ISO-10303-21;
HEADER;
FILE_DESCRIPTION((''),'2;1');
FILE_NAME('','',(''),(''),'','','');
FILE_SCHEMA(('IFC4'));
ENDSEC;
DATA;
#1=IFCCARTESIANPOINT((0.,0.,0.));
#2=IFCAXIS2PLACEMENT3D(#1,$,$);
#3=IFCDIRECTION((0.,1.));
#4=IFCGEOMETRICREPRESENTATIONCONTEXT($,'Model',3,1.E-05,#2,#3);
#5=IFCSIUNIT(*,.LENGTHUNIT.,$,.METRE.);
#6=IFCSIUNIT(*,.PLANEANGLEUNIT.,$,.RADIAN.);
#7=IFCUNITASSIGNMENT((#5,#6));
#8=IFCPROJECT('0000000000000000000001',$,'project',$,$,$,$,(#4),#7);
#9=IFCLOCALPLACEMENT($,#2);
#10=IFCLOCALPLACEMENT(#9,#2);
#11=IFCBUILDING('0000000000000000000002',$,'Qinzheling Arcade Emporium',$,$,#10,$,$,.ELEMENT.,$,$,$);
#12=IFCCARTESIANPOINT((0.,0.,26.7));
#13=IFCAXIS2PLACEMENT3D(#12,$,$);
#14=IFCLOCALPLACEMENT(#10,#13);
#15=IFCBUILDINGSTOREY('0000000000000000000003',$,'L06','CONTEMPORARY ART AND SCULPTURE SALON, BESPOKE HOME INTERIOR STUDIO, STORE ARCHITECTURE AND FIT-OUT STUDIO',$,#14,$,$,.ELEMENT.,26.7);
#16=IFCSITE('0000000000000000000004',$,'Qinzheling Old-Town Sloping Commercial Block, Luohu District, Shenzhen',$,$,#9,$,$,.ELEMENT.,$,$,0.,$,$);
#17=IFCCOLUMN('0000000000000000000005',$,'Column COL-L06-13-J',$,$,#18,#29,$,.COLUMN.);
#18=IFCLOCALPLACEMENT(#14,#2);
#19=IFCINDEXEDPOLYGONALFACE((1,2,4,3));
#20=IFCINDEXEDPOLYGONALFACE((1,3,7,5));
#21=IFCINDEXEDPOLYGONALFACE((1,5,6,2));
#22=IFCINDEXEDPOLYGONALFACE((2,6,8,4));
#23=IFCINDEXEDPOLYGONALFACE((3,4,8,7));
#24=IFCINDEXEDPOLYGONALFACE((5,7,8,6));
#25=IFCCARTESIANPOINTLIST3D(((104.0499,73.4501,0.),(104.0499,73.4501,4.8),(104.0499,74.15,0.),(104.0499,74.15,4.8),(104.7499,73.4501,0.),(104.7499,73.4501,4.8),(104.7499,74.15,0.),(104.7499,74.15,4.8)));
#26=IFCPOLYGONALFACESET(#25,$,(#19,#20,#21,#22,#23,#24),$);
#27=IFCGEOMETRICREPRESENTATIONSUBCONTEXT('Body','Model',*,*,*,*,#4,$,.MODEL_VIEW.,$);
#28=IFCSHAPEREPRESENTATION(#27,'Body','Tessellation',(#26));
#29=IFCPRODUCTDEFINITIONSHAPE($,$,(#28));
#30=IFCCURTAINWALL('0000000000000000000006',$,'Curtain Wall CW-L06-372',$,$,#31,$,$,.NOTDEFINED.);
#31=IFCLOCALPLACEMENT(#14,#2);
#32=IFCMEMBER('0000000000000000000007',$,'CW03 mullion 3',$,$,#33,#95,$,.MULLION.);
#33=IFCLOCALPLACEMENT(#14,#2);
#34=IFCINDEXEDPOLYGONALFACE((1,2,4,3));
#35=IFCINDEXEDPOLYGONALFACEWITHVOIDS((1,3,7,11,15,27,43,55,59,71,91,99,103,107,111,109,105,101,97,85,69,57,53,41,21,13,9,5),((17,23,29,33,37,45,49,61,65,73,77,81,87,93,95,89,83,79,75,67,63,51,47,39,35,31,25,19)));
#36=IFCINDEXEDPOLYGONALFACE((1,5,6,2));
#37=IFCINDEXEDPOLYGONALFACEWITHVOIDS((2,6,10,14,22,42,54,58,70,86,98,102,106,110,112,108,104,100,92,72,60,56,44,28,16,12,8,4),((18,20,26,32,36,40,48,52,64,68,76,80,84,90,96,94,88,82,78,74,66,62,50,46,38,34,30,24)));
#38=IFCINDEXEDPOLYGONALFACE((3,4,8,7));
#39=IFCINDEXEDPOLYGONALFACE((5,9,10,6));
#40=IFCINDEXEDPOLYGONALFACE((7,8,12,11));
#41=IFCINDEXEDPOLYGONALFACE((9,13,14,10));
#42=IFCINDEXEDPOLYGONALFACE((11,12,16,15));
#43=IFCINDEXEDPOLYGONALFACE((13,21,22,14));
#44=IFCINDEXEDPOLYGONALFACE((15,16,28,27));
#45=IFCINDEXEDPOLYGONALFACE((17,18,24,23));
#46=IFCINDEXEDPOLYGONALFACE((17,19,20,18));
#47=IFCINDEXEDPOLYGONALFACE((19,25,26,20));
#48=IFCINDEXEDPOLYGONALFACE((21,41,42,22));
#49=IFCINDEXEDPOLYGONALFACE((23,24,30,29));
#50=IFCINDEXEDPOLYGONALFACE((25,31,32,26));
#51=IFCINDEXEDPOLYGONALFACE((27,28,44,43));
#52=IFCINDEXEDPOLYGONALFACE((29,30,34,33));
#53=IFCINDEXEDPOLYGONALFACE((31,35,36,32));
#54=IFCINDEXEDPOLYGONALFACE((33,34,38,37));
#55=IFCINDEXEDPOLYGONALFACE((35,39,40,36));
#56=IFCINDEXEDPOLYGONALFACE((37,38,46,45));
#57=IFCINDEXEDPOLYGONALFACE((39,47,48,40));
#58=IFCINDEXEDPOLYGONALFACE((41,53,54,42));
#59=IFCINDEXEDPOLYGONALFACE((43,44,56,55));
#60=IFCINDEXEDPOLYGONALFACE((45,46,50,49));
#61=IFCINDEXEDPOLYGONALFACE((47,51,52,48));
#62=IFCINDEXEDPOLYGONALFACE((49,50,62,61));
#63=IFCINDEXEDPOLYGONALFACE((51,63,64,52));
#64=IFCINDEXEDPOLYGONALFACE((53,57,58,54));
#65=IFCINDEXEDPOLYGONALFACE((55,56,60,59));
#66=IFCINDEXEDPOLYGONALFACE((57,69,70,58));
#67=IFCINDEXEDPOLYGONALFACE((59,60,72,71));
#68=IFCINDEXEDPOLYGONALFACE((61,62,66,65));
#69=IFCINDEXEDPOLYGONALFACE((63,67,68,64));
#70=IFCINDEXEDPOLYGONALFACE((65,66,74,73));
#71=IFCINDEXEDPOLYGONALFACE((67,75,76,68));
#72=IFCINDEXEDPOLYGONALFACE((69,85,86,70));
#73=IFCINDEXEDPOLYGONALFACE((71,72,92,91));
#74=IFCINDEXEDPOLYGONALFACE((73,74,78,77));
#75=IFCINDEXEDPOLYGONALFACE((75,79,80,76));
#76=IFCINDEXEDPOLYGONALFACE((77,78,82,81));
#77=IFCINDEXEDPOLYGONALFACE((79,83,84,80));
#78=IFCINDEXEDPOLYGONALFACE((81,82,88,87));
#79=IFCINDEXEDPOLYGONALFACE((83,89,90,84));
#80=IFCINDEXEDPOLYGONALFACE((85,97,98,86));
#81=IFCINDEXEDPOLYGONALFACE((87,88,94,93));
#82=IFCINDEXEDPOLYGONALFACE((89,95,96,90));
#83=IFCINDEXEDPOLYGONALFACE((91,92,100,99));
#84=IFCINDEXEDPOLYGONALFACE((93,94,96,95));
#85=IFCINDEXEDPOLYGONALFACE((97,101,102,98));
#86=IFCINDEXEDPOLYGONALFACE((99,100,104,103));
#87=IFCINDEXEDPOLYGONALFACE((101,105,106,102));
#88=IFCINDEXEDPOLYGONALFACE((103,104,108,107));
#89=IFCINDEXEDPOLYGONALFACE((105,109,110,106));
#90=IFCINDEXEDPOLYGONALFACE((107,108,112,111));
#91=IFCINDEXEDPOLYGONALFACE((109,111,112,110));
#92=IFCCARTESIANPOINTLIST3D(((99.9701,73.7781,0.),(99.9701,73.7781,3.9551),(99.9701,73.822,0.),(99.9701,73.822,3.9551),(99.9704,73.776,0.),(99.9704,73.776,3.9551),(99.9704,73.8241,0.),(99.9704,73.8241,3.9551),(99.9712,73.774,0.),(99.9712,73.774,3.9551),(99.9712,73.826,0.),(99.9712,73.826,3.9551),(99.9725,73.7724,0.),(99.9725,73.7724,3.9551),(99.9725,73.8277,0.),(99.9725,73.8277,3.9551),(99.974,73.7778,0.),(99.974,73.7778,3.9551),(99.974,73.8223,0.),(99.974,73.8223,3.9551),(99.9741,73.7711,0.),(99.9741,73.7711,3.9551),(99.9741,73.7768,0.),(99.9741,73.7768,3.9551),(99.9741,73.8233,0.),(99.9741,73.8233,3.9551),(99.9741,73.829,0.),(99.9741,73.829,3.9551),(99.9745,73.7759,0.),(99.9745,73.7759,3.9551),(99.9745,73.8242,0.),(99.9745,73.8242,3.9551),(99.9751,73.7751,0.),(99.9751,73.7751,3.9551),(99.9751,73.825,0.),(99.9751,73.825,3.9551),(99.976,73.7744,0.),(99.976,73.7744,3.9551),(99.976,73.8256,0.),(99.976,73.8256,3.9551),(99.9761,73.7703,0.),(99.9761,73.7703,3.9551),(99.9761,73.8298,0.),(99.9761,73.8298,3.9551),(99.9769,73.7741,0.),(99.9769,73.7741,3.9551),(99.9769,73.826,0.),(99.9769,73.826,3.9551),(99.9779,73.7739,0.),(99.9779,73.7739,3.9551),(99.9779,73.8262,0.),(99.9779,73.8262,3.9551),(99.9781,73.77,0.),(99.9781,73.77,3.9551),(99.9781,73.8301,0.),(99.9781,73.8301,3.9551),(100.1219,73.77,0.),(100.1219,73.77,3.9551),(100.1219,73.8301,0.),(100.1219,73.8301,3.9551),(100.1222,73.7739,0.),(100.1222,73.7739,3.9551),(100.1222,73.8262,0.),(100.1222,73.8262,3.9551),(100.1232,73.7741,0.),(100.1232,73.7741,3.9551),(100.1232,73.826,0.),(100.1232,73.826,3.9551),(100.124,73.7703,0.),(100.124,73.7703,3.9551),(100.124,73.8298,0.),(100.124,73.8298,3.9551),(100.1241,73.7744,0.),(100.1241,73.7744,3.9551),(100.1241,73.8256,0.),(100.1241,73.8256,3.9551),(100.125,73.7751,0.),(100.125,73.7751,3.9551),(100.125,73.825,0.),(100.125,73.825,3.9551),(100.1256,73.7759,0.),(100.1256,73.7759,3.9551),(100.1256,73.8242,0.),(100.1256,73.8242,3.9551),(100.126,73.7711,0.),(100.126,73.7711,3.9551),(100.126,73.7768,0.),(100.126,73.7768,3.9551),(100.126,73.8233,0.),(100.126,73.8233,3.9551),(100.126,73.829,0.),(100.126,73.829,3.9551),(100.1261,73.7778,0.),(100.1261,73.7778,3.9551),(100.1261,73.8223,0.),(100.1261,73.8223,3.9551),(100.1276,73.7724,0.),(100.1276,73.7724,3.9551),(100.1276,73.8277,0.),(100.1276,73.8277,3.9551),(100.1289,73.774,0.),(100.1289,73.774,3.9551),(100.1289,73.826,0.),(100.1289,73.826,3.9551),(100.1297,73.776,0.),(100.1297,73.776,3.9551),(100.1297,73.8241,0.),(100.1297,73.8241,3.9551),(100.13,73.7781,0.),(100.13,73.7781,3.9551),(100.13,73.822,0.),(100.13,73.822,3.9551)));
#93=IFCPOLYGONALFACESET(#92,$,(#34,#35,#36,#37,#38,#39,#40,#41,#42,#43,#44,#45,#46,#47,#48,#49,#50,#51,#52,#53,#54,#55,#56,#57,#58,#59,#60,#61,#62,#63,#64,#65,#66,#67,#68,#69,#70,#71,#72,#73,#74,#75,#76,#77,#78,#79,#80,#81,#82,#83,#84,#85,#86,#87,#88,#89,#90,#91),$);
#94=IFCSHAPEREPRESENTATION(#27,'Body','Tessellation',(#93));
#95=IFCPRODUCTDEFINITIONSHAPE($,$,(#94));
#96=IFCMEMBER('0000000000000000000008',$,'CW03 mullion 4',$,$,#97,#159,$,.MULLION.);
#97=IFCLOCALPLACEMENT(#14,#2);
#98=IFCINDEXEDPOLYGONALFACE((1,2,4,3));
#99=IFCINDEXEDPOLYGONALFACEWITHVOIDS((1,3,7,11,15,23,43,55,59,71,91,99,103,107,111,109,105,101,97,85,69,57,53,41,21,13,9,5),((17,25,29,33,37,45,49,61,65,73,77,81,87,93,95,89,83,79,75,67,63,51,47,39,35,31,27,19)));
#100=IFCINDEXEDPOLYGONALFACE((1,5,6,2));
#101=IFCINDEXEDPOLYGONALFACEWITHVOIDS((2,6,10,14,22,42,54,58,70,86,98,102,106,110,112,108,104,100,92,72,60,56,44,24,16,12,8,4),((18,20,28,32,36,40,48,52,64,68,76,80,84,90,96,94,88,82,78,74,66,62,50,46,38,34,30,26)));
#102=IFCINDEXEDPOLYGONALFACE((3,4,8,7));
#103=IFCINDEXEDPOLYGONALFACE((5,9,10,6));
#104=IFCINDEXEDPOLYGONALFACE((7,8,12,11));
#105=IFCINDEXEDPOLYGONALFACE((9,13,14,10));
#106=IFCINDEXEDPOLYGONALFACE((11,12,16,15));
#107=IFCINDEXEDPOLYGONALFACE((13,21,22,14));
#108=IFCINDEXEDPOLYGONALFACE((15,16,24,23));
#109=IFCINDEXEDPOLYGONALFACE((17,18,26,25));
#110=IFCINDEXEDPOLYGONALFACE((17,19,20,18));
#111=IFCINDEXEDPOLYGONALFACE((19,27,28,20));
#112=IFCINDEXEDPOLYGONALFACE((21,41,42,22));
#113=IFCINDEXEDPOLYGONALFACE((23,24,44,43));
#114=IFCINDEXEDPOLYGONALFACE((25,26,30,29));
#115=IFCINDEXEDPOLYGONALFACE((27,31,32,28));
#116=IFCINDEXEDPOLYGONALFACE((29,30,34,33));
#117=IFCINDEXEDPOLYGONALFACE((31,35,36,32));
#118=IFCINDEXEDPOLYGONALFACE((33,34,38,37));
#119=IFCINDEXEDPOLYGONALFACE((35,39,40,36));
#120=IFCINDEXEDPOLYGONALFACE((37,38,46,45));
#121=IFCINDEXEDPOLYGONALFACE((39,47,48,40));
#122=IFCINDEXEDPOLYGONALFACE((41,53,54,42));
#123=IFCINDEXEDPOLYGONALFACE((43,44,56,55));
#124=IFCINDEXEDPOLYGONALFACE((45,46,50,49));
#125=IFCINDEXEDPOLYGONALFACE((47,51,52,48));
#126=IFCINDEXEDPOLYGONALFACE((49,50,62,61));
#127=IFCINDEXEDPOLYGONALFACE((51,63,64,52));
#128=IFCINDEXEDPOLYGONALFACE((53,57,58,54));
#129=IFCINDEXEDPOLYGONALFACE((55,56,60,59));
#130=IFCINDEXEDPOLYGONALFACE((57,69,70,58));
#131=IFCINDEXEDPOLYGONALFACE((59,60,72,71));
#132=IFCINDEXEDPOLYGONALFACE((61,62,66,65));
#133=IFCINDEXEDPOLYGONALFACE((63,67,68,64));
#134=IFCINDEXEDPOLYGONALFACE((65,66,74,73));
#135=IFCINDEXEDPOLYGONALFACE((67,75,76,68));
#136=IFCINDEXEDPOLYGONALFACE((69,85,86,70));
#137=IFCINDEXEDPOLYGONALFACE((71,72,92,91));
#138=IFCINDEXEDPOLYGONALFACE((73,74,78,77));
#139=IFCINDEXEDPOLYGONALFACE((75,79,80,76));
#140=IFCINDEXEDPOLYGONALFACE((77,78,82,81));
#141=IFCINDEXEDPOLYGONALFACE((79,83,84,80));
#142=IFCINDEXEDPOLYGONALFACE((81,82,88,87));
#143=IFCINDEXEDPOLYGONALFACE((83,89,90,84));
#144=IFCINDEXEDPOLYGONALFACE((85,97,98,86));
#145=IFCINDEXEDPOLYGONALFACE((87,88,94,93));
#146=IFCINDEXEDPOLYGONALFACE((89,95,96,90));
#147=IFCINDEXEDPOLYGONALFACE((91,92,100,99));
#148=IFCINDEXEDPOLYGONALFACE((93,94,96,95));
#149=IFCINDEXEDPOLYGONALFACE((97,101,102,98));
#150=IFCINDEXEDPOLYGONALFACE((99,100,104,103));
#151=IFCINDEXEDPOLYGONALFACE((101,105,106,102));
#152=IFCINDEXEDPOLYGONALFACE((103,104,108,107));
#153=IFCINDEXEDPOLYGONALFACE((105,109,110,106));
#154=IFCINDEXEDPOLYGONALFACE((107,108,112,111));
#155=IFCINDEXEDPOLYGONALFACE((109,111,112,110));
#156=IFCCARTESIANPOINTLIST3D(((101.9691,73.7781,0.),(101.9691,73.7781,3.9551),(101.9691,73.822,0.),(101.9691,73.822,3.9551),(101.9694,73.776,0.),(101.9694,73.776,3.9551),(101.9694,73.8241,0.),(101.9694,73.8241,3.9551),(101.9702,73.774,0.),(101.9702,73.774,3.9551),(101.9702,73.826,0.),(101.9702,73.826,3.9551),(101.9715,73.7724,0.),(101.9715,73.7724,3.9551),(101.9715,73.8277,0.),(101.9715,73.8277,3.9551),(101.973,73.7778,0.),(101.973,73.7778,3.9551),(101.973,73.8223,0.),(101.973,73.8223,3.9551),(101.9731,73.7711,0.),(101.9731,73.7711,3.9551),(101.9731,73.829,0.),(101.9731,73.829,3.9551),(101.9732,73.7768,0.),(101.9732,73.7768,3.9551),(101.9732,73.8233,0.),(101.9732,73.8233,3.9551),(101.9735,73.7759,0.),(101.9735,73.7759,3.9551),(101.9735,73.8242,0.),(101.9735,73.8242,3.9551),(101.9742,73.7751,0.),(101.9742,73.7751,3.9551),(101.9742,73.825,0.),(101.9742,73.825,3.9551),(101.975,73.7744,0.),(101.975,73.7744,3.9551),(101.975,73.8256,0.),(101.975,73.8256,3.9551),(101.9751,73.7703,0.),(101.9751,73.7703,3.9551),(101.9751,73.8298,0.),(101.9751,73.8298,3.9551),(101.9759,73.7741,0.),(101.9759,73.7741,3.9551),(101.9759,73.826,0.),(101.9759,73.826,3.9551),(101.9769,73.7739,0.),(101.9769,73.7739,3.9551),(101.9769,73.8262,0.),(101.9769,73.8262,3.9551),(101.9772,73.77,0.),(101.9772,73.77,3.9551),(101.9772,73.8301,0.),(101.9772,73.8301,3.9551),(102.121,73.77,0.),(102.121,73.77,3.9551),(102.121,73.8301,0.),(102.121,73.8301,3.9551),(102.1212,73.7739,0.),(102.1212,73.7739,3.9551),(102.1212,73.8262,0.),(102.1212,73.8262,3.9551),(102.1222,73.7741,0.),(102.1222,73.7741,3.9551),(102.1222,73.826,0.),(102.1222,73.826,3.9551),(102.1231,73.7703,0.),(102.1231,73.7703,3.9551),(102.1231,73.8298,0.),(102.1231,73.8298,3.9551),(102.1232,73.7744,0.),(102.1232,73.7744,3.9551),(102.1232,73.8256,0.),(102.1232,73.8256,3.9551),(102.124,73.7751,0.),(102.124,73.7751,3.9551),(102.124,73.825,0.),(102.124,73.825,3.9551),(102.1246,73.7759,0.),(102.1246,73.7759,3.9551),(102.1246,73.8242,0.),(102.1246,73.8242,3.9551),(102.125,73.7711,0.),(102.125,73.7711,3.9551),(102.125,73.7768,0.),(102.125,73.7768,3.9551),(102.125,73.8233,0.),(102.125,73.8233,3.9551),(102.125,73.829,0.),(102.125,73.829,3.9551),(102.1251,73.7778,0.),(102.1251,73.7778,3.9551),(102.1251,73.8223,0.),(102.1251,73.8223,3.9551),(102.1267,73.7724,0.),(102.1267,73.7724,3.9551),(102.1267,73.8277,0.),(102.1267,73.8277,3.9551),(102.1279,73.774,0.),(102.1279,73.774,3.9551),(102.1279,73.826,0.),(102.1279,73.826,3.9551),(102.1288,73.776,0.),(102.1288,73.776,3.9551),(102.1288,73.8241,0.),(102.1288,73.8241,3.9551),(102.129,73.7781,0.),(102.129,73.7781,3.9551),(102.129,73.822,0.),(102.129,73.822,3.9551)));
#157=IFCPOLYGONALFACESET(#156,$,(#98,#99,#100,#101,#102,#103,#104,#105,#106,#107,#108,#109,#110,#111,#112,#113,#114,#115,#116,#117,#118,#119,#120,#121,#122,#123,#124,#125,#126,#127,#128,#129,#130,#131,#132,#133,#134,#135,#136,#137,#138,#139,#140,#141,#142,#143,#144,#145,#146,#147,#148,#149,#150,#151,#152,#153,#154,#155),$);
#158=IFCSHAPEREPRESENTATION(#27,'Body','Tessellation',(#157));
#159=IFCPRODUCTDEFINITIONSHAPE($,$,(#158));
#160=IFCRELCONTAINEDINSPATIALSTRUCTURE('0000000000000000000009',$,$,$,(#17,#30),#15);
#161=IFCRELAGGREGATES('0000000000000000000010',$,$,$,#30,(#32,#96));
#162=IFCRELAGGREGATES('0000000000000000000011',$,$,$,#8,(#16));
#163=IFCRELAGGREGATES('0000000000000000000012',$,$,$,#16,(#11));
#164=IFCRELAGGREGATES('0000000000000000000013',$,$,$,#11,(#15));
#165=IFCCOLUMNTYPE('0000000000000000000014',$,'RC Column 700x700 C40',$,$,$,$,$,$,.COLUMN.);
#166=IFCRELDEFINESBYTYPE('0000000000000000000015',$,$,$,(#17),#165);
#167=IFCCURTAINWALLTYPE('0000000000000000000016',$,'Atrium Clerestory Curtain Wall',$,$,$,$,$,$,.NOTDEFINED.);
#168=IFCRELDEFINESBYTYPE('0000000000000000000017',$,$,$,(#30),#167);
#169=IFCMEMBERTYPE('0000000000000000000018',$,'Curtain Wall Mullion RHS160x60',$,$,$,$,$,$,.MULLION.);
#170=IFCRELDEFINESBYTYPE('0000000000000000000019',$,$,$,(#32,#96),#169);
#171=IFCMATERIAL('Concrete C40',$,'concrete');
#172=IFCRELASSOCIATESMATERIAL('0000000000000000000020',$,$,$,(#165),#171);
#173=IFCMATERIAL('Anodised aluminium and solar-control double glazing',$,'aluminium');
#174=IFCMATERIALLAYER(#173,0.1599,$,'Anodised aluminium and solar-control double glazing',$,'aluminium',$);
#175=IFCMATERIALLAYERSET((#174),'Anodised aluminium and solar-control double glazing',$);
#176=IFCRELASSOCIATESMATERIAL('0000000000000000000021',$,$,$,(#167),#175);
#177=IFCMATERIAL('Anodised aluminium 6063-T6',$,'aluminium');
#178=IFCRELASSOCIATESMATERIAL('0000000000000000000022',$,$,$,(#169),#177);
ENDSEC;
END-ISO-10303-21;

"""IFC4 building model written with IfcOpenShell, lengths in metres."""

from ifc_helpers import new_model, si_unit, direction, frame, origin, origin_2d, place, context, subcontext, project, spatial, rectangle, hollow_rectangle, extrude, material, layer, layer_set, material_profile, profile_set, type_object, element, aggregate, save


model = new_model("IFC4")

# Units and contexts
model_context = context("Model", 3, precision=1e-05, world=origin(), true_north=direction((0.0, 1.0)))
body_context = subcontext(model_context, "Body", "Model", "MODEL_VIEW")
ifc_project = project(units=[si_unit("LENGTHUNIT", "METRE"), si_unit("PLANEANGLEUNIT", "RADIAN")], contexts=[model_context])

# Site, building, storey
site_placement = place(None, origin())
site = spatial("IfcSite", under=ifc_project, at=site_placement, Name="Qinzheling Old-Town Sloping Commercial Block, Luohu District, Shenzhen", CompositionType="ELEMENT", RefElevation=0.0)
building_placement = place(site_placement, origin())
building = spatial("IfcBuilding", under=site, at=building_placement, Name="Qinzheling Arcade Emporium", CompositionType="ELEMENT")
storey_placement = place(building_placement, frame((0.0, 0.0, 26.7)))
storey = spatial("IfcBuildingStorey", under=building, at=storey_placement, Name="L06", Description="CONTEMPORARY ART AND SCULPTURE SALON, BESPOKE HOME INTERIOR STUDIO, STORE ARCHITECTURE AND FIT-OUT STUDIO", CompositionType="ELEMENT", Elevation=26.7)

# Column
ifc_material_1 = material(Name="Concrete C40", Category="concrete")
ifc_material_profile_1 = material_profile(ifc_material_1, rectangle(XDim=0.7, YDim=0.7, at=origin_2d()), Name="RC 700x700", Category="concrete")
ifc_profile_set_1 = profile_set([ifc_material_profile_1], Name="Concrete C40")
column_type = type_object("IfcColumnType", Name="RC Column 700x700 C40", PredefinedType="COLUMN", material=ifc_profile_set_1)
column_placement = place(storey_placement, frame((104.3999, 73.8, 0.0), z_axis=(0.0, 0.0, 1.0), x_axis=(1.0, 0.0, 0.0)))
element("IfcColumn", 1, at=column_placement, inside=storey, type_object=column_type, Name="Column COL-L06-13-J", PredefinedType="COLUMN", context=body_context, shape_type="SweptSolid", body=[
    extrude(rectangle(XDim=0.7, YDim=0.7, at=origin_2d()), origin(), (0.0, 0.0, 1.0), 4.8),
])

# Curtain wall, members
ifc_material_2 = material(Name="Anodised aluminium and solar-control double glazing", Category="aluminium")
ifc_layer_1 = layer(ifc_material_2, 0.1599, Name="Anodised aluminium and solar-control double glazing", Category="aluminium")
ifc_layer_set_1 = layer_set([ifc_layer_1], Name="Anodised aluminium and solar-control double glazing")
curtain_wall_type = type_object("IfcCurtainWallType", Name="Atrium Clerestory Curtain Wall", PredefinedType="NOTDEFINED", material=ifc_layer_set_1)
curtain_wall_placement = place(storey_placement, origin())
curtain_wall = element("IfcCurtainWall", 2, at=curtain_wall_placement, inside=storey, type_object=curtain_wall_type, Name="Curtain Wall CW-L06-372", PredefinedType="NOTDEFINED")
ifc_material_3 = material(Name="Anodised aluminium 6063-T6", Category="aluminium")
ifc_material_profile_2 = material_profile(ifc_material_3, hollow_rectangle(XDim=0.0601, YDim=0.1599, WallThickness=0.0039, InnerFilletRadius=0.0039, OuterFilletRadius=0.0081, at=origin_2d()), Name="RHS 160x60x4", Category="aluminium")
ifc_profile_set_2 = profile_set([ifc_material_profile_2], Name="Anodised aluminium 6063-T6")
member_type_1 = type_object("IfcMemberType", Name="Curtain Wall Mullion RHS160x60", PredefinedType="MULLION", material=ifc_profile_set_2)
member_1_placement = place(storey_placement, frame((100.05, 73.8, 0.0), z_axis=(0.0, 0.0, 1.0), x_axis=(0.0, 1.0, 0.0)))
member_1 = element("IfcMember", 3, at=member_1_placement, type_object=member_type_1, Name="CW03 mullion 3", PredefinedType="MULLION", context=body_context, shape_type="SweptSolid", body=[
    extrude(hollow_rectangle(XDim=0.0601, YDim=0.1599, WallThickness=0.0039, InnerFilletRadius=0.0039, OuterFilletRadius=0.0081, at=origin_2d()), origin(), (0.0, 0.0, 1.0), 3.9551),
])
member_2_placement = place(storey_placement, frame((102.0491, 73.8, 0.0), z_axis=(0.0, 0.0, 1.0), x_axis=(0.0, 1.0, 0.0)))
member_2 = element("IfcMember", 4, at=member_2_placement, type_object=member_type_1, Name="CW03 mullion 4", PredefinedType="MULLION", context=body_context, shape_type="SweptSolid", body=[
    extrude(hollow_rectangle(XDim=0.0601, YDim=0.1599, WallThickness=0.0039, InnerFilletRadius=0.0039, OuterFilletRadius=0.0081, at=origin_2d()), origin(), (0.0, 0.0, 1.0), 3.9551),
])

aggregate(curtain_wall, [member_1, member_2])

save(model, "model.ifc")
